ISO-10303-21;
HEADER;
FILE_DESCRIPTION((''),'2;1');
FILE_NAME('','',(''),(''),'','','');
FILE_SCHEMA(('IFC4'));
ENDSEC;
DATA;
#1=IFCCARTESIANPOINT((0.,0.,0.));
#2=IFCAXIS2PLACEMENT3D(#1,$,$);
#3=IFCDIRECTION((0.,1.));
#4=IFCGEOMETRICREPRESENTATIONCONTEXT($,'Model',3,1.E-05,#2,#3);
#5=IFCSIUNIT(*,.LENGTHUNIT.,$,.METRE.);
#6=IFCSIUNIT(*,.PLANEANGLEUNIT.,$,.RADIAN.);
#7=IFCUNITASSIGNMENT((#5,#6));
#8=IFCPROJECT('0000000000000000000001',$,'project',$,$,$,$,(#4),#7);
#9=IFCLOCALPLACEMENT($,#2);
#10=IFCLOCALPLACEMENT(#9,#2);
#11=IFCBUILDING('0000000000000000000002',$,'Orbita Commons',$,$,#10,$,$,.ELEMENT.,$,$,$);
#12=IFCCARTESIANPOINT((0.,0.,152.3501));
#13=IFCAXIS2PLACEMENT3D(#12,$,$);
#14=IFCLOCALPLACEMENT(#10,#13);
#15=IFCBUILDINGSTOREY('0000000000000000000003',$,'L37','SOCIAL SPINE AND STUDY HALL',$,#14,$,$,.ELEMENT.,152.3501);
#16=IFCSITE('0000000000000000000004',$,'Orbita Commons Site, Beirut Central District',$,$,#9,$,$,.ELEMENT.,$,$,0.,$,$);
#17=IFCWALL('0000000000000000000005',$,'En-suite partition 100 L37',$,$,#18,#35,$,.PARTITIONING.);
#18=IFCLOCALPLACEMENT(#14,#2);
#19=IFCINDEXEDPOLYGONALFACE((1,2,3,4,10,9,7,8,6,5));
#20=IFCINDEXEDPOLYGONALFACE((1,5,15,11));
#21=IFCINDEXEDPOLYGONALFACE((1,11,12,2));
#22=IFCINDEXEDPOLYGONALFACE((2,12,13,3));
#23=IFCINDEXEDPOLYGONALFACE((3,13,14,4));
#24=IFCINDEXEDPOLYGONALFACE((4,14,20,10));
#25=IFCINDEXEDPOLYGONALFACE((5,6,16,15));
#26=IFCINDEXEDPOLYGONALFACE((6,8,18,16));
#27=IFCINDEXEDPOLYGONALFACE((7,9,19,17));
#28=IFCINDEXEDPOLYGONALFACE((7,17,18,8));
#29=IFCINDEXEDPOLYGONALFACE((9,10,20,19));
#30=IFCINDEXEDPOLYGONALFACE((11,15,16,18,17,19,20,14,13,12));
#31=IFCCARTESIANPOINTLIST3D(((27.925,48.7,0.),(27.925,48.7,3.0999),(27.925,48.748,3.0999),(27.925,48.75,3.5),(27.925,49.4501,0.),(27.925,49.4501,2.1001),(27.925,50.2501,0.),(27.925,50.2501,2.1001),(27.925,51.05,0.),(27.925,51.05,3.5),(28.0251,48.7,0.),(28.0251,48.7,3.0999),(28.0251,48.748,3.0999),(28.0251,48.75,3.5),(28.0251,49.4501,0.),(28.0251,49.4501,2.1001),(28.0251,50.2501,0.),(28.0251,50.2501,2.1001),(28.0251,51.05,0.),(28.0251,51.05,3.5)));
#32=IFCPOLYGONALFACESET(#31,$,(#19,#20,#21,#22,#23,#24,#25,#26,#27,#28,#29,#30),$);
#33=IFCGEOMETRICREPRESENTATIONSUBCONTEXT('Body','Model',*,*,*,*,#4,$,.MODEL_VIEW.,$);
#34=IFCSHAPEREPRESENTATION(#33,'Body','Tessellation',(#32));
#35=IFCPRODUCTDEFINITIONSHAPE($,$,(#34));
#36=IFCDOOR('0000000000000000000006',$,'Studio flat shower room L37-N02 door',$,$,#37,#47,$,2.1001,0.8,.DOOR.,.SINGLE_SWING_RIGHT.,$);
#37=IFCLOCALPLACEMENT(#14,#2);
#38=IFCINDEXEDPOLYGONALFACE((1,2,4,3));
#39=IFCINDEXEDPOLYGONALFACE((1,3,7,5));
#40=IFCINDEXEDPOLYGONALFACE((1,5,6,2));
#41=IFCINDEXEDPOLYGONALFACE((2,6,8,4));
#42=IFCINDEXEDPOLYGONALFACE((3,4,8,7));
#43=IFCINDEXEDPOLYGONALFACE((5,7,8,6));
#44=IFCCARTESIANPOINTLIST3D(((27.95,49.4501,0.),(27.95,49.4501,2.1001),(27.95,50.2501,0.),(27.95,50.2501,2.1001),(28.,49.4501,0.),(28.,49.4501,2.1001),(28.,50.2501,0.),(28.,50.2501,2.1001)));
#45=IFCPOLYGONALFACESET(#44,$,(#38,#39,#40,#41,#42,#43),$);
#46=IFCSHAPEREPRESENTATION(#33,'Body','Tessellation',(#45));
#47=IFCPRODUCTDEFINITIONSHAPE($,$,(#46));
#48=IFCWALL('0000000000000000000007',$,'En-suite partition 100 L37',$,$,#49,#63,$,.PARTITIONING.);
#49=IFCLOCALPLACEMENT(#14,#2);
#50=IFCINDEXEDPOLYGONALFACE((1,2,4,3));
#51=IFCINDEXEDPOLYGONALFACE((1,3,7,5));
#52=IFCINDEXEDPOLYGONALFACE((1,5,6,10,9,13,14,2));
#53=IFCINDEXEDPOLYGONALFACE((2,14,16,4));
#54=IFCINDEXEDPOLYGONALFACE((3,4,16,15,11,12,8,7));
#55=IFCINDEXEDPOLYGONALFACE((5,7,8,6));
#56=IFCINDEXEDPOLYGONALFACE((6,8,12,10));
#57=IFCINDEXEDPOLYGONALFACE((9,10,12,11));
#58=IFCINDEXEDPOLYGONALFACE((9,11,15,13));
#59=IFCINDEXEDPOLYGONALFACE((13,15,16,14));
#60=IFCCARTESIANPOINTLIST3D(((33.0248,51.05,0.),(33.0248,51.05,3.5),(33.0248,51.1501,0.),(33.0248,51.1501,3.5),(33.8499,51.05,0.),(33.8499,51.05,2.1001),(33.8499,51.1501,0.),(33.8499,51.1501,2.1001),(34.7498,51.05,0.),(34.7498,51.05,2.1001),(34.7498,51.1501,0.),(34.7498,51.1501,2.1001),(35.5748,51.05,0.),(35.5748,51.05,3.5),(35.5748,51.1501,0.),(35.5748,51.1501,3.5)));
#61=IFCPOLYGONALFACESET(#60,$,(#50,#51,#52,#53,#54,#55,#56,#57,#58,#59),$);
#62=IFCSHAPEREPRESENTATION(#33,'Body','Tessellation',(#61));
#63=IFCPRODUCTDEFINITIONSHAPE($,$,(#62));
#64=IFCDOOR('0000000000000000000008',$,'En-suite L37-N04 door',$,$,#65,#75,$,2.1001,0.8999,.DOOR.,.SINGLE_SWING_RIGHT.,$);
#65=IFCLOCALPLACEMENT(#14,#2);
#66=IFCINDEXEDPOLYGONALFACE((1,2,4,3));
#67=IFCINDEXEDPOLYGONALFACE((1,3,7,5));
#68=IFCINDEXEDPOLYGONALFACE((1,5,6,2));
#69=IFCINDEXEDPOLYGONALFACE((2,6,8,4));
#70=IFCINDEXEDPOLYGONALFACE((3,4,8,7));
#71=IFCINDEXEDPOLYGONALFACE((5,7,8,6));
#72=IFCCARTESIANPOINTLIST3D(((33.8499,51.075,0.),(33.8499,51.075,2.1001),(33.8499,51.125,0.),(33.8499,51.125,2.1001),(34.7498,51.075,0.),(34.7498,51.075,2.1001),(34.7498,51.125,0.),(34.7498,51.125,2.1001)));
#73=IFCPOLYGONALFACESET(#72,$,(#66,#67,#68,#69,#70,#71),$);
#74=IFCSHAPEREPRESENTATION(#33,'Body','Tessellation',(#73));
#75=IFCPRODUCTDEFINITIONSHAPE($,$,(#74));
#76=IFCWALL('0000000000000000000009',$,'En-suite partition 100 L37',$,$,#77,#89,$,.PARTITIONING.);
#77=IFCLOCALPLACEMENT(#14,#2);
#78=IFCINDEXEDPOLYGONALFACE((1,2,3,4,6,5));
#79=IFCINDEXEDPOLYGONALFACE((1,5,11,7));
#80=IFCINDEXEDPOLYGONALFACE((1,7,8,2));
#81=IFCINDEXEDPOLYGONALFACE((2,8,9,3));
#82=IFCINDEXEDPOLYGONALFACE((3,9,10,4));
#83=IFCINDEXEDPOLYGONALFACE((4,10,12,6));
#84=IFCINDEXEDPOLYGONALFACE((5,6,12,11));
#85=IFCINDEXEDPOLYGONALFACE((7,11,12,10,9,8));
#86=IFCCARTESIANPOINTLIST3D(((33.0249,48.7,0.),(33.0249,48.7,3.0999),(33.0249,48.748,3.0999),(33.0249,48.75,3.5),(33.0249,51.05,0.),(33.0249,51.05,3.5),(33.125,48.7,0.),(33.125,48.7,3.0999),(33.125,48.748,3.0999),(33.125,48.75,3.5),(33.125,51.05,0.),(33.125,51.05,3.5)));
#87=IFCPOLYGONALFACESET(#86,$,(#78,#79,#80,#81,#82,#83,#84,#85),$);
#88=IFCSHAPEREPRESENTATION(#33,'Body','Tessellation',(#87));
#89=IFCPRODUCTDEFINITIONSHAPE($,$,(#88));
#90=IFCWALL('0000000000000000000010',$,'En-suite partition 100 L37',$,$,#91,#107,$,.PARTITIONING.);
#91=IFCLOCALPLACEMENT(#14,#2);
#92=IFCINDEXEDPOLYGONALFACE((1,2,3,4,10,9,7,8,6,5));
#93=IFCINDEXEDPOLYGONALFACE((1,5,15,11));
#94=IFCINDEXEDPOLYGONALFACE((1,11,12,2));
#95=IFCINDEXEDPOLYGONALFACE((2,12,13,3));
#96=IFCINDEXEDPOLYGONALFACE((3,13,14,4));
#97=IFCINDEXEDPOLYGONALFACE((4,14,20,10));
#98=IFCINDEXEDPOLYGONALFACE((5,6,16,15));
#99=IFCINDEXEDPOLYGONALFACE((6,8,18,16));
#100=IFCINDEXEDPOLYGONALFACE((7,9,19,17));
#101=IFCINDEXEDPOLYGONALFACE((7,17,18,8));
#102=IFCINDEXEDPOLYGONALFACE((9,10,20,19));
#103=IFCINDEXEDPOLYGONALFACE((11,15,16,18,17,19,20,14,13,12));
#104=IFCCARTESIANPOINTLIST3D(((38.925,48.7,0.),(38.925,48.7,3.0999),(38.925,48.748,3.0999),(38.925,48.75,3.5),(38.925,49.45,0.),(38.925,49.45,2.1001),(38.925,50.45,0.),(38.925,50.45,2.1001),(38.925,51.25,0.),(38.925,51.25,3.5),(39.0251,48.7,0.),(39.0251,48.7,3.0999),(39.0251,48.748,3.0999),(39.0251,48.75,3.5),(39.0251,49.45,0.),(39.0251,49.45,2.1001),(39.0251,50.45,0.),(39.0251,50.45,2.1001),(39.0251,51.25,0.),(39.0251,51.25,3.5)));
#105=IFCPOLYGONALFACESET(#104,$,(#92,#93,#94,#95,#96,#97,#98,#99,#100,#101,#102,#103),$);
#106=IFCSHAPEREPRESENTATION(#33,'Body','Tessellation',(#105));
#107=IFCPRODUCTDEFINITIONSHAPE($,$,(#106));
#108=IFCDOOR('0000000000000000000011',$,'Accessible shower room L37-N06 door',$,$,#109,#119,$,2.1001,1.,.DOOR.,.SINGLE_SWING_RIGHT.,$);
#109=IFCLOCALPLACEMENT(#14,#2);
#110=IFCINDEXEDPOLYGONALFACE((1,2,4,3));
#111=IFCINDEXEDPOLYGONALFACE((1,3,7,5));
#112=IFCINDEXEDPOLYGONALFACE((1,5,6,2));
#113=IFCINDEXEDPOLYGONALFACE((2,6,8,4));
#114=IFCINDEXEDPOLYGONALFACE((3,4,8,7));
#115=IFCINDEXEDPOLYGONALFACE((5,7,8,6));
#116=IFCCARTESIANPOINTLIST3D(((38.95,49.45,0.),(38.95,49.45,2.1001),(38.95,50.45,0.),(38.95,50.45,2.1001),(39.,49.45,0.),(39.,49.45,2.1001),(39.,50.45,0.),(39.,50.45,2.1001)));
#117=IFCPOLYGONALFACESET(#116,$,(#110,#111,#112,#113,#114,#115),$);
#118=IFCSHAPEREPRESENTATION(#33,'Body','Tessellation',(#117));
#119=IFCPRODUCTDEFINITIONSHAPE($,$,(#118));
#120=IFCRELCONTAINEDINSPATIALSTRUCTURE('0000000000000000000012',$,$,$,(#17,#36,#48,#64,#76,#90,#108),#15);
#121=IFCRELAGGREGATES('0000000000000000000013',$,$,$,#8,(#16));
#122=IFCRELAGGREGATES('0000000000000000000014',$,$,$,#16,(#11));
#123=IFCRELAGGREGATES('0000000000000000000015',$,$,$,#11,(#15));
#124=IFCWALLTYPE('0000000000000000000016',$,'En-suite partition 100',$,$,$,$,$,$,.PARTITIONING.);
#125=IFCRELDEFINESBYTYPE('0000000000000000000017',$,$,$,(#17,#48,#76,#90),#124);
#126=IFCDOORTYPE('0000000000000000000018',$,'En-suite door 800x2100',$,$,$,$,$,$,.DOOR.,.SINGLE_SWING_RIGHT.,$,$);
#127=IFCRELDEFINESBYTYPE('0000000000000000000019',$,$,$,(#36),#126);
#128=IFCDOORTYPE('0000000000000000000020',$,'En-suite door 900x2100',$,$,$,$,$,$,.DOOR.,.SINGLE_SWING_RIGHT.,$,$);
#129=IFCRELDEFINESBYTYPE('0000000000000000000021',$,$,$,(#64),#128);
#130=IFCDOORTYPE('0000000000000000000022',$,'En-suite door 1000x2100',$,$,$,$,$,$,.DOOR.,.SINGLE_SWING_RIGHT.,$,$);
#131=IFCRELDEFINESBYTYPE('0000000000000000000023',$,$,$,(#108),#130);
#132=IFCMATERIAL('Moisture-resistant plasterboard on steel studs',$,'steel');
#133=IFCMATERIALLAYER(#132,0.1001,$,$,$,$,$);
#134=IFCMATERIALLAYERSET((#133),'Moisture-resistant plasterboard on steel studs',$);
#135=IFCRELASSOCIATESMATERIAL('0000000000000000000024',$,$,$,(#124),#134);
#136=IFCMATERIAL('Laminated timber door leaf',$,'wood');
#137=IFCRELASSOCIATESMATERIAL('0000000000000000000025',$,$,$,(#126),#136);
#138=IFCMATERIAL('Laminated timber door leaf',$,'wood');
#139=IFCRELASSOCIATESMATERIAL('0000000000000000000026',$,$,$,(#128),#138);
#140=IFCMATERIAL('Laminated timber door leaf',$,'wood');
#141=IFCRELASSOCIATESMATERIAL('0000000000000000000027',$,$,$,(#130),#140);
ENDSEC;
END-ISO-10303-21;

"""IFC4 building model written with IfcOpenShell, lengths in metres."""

from ifc_helpers import new_model, si_unit, direction, frame, frame_2d, origin, place, context, subcontext, project, spatial, polyline, rectangle, outline, extrude, material, layer, layer_set, type_object, element, fill, save


model = new_model("IFC4")

# Units and contexts
model_context = context("Model", 3, precision=1e-05, world=origin(), true_north=direction((0.0, 1.0)))
body_context = subcontext(model_context, "Body", "Model", "MODEL_VIEW")
ifc_project = project(units=[si_unit("LENGTHUNIT", "METRE"), si_unit("PLANEANGLEUNIT", "RADIAN")], contexts=[model_context])

# Site, building, storey
site_placement = place(None, origin())
site = spatial("IfcSite", under=ifc_project, at=site_placement, Name="Orbita Commons Site, Beirut Central District", CompositionType="ELEMENT", RefElevation=0.0)
building_placement = place(site_placement, origin())
building = spatial("IfcBuilding", under=site, at=building_placement, Name="Orbita Commons", CompositionType="ELEMENT")
storey_placement = place(building_placement, frame((0.0, 0.0, 152.3501)))
storey = spatial("IfcBuildingStorey", under=building, at=storey_placement, Name="L37", Description="SOCIAL SPINE AND STUDY HALL", CompositionType="ELEMENT", Elevation=152.3501)

# Shared definitions
ifc_material_1 = material(Name="Moisture-resistant plasterboard on steel studs", Category="steel")
ifc_layer_1 = layer(ifc_material_1, 0.1001)
ifc_layer_set_1 = layer_set([ifc_layer_1], Name="Moisture-resistant plasterboard on steel studs")
wall_type_1 = type_object("IfcWallType", Name="En-suite partition 100", PredefinedType="PARTITIONING", material=ifc_layer_set_1)
ifc_material_2 = material(Name="Laminated timber door leaf", Category="wood")
door_type_1 = type_object("IfcDoorType", Name="En-suite door 800x2100", OperationType="SINGLE_SWING_RIGHT", PredefinedType="DOOR", material=ifc_material_2)

# Walls, openings, doors
wall_1_placement = place(storey_placement, frame((27.9751, 51.05, 0.0), z_axis=(0.0, 0.0, 1.0), x_axis=(0.0, -1.0, 0.0)))
wall_1 = element("IfcWall", 1, at=wall_1_placement, inside=storey, type_object=wall_type_1, Name="En-suite partition 100 L37", PredefinedType="PARTITIONING", context=body_context, shape_type="SweptSolid", body=[
    extrude(outline(polyline([(0.0, 0.0), (2.3501, 0.0), (2.3501, 3.0999), (2.302, 3.0999), (2.3, 3.5), (0.0, 3.5), (0.0, 0.0)])), frame((0.0, 0.05, 0.0), z_axis=(0.0, -1.0, 0.0), x_axis=(1.0, 0.0, 0.0)), (0.0, 0.0, 1.0), 0.1001),
])
opening_1_placement = place(wall_1_placement, frame((0.8, 0.0, 0.0)))
opening_1 = element("IfcOpeningElement", 2, at=opening_1_placement, cuts=wall_1, PredefinedType="OPENING", context=body_context, shape_type="SweptSolid", body=[
    extrude(rectangle(XDim=0.8, YDim=2.1001, at=frame_2d((0.3999, 1.05))), frame((0.0, 0.0601, 0.0), z_axis=(0.0, -1.0, 0.0), x_axis=(1.0, 0.0, 0.0)), (0.0, 0.0, 1.0), 0.1201),
])
door_1_placement = place(opening_1_placement, origin())
door_1 = element("IfcDoor", 3, at=door_1_placement, inside=storey, type_object=door_type_1, Name="Studio flat shower room L37-N02 door", OperationType="SINGLE_SWING_RIGHT", OverallHeight=2.1001, OverallWidth=0.8, PredefinedType="DOOR", context=body_context, shape_type="SweptSolid", body=[
    extrude(rectangle(XDim=0.8, YDim=2.1001, at=frame_2d((0.3999, 1.05))), frame((0.0, 0.0249, 0.0), z_axis=(0.0, -1.0, 0.0), x_axis=(1.0, 0.0, 0.0)), (0.0, 0.0, 1.0), 0.05),
])
fill(opening_1, door_1)
wall_2_placement = place(storey_placement, frame((33.0249, 51.1001, 0.0), z_axis=(0.0, 0.0, 1.0), x_axis=(1.0, 0.0, 0.0)))
wall_2 = element("IfcWall", 4, at=wall_2_placement, inside=storey, type_object=wall_type_1, Name="En-suite partition 100 L37", PredefinedType="PARTITIONING", context=body_context, shape_type="SweptSolid", body=[
    extrude(rectangle(XDim=2.55, YDim=0.1001, at=frame_2d((1.2749, 0.0))), origin(), (0.0, 0.0, 1.0), 3.5),
])
opening_2_placement = place(wall_2_placement, frame((0.825, 0.0, 0.0)))
opening_2 = element("IfcOpeningElement", 5, at=opening_2_placement, cuts=wall_2, PredefinedType="OPENING", context=body_context, shape_type="SweptSolid", body=[
    extrude(rectangle(XDim=0.8999, YDim=2.1001, at=frame_2d((0.45, 1.05))), frame((0.0, 0.0601, 0.0), z_axis=(0.0, -1.0, 0.0), x_axis=(1.0, 0.0, 0.0)), (0.0, 0.0, 1.0), 0.1201),
])
ifc_material_3 = material(Name="Laminated timber door leaf", Category="wood")
door_type_2 = type_object("IfcDoorType", Name="En-suite door 900x2100", OperationType="SINGLE_SWING_RIGHT", PredefinedType="DOOR", material=ifc_material_3)
door_2_placement = place(opening_2_placement, origin())
door_2 = element("IfcDoor", 6, at=door_2_placement, inside=storey, type_object=door_type_2, Name="En-suite L37-N04 door", OperationType="SINGLE_SWING_RIGHT", OverallHeight=2.1001, OverallWidth=0.8999, PredefinedType="DOOR", context=body_context, shape_type="SweptSolid", body=[
    extrude(rectangle(XDim=0.8999, YDim=2.1001, at=frame_2d((0.45, 1.05))), frame((0.0, 0.0249, 0.0), z_axis=(0.0, -1.0, 0.0), x_axis=(1.0, 0.0, 0.0)), (0.0, 0.0, 1.0), 0.05),
])
fill(opening_2, door_2)

# Wall
wall_3_placement = place(storey_placement, frame((33.075, 51.05, 0.0), z_axis=(0.0, 0.0, 1.0), x_axis=(0.0, -1.0, 0.0)))
element("IfcWall", 7, at=wall_3_placement, inside=storey, type_object=wall_type_1, Name="En-suite partition 100 L37", PredefinedType="PARTITIONING", context=body_context, shape_type="SweptSolid", body=[
    extrude(outline(polyline([(0.0, 0.0), (2.3501, 0.0), (2.3501, 3.0999), (2.302, 3.0999), (2.3, 3.5), (0.0, 3.5), (0.0, 0.0)])), frame((0.0, 0.05, 0.0), z_axis=(0.0, -1.0, 0.0), x_axis=(1.0, 0.0, 0.0)), (0.0, 0.0, 1.0), 0.1001),
])

# Wall, opening, door
wall_4_placement = place(storey_placement, frame((38.9751, 51.25, 0.0), z_axis=(0.0, 0.0, 1.0), x_axis=(0.0, -1.0, 0.0)))
wall_4 = element("IfcWall", 8, at=wall_4_placement, inside=storey, type_object=wall_type_1, Name="En-suite partition 100 L37", PredefinedType="PARTITIONING", context=body_context, shape_type="SweptSolid", body=[
    extrude(outline(polyline([(0.0, 0.0), (2.55, 0.0), (2.55, 3.0999), (2.502, 3.0999), (2.5, 3.5), (0.0, 3.5), (0.0, 0.0)])), frame((0.0, 0.05, 0.0), z_axis=(0.0, -1.0, 0.0), x_axis=(1.0, 0.0, 0.0)), (0.0, 0.0, 1.0), 0.1001),
])
opening_3_placement = place(wall_4_placement, frame((0.8, 0.0, 0.0)))
opening_3 = element("IfcOpeningElement", 9, at=opening_3_placement, cuts=wall_4, PredefinedType="OPENING", context=body_context, shape_type="SweptSolid", body=[
    extrude(rectangle(XDim=1.0, YDim=2.1001, at=frame_2d((0.5, 1.05))), frame((0.0, 0.0601, 0.0), z_axis=(0.0, -1.0, 0.0), x_axis=(1.0, 0.0, 0.0)), (0.0, 0.0, 1.0), 0.1201),
])
ifc_material_4 = material(Name="Laminated timber door leaf", Category="wood")
door_type_3 = type_object("IfcDoorType", Name="En-suite door 1000x2100", OperationType="SINGLE_SWING_RIGHT", PredefinedType="DOOR", material=ifc_material_4)
door_3_placement = place(opening_3_placement, origin())
door_3 = element("IfcDoor", 10, at=door_3_placement, inside=storey, type_object=door_type_3, Name="Accessible shower room L37-N06 door", OperationType="SINGLE_SWING_RIGHT", OverallHeight=2.1001, OverallWidth=1.0, PredefinedType="DOOR", context=body_context, shape_type="SweptSolid", body=[
    extrude(rectangle(XDim=1.0, YDim=2.1001, at=frame_2d((0.5, 1.05))), frame((0.0, 0.0249, 0.0), z_axis=(0.0, -1.0, 0.0), x_axis=(1.0, 0.0, 0.0)), (0.0, 0.0, 1.0), 0.05),
])
fill(opening_3, door_3)

save(model, "model.ifc")
